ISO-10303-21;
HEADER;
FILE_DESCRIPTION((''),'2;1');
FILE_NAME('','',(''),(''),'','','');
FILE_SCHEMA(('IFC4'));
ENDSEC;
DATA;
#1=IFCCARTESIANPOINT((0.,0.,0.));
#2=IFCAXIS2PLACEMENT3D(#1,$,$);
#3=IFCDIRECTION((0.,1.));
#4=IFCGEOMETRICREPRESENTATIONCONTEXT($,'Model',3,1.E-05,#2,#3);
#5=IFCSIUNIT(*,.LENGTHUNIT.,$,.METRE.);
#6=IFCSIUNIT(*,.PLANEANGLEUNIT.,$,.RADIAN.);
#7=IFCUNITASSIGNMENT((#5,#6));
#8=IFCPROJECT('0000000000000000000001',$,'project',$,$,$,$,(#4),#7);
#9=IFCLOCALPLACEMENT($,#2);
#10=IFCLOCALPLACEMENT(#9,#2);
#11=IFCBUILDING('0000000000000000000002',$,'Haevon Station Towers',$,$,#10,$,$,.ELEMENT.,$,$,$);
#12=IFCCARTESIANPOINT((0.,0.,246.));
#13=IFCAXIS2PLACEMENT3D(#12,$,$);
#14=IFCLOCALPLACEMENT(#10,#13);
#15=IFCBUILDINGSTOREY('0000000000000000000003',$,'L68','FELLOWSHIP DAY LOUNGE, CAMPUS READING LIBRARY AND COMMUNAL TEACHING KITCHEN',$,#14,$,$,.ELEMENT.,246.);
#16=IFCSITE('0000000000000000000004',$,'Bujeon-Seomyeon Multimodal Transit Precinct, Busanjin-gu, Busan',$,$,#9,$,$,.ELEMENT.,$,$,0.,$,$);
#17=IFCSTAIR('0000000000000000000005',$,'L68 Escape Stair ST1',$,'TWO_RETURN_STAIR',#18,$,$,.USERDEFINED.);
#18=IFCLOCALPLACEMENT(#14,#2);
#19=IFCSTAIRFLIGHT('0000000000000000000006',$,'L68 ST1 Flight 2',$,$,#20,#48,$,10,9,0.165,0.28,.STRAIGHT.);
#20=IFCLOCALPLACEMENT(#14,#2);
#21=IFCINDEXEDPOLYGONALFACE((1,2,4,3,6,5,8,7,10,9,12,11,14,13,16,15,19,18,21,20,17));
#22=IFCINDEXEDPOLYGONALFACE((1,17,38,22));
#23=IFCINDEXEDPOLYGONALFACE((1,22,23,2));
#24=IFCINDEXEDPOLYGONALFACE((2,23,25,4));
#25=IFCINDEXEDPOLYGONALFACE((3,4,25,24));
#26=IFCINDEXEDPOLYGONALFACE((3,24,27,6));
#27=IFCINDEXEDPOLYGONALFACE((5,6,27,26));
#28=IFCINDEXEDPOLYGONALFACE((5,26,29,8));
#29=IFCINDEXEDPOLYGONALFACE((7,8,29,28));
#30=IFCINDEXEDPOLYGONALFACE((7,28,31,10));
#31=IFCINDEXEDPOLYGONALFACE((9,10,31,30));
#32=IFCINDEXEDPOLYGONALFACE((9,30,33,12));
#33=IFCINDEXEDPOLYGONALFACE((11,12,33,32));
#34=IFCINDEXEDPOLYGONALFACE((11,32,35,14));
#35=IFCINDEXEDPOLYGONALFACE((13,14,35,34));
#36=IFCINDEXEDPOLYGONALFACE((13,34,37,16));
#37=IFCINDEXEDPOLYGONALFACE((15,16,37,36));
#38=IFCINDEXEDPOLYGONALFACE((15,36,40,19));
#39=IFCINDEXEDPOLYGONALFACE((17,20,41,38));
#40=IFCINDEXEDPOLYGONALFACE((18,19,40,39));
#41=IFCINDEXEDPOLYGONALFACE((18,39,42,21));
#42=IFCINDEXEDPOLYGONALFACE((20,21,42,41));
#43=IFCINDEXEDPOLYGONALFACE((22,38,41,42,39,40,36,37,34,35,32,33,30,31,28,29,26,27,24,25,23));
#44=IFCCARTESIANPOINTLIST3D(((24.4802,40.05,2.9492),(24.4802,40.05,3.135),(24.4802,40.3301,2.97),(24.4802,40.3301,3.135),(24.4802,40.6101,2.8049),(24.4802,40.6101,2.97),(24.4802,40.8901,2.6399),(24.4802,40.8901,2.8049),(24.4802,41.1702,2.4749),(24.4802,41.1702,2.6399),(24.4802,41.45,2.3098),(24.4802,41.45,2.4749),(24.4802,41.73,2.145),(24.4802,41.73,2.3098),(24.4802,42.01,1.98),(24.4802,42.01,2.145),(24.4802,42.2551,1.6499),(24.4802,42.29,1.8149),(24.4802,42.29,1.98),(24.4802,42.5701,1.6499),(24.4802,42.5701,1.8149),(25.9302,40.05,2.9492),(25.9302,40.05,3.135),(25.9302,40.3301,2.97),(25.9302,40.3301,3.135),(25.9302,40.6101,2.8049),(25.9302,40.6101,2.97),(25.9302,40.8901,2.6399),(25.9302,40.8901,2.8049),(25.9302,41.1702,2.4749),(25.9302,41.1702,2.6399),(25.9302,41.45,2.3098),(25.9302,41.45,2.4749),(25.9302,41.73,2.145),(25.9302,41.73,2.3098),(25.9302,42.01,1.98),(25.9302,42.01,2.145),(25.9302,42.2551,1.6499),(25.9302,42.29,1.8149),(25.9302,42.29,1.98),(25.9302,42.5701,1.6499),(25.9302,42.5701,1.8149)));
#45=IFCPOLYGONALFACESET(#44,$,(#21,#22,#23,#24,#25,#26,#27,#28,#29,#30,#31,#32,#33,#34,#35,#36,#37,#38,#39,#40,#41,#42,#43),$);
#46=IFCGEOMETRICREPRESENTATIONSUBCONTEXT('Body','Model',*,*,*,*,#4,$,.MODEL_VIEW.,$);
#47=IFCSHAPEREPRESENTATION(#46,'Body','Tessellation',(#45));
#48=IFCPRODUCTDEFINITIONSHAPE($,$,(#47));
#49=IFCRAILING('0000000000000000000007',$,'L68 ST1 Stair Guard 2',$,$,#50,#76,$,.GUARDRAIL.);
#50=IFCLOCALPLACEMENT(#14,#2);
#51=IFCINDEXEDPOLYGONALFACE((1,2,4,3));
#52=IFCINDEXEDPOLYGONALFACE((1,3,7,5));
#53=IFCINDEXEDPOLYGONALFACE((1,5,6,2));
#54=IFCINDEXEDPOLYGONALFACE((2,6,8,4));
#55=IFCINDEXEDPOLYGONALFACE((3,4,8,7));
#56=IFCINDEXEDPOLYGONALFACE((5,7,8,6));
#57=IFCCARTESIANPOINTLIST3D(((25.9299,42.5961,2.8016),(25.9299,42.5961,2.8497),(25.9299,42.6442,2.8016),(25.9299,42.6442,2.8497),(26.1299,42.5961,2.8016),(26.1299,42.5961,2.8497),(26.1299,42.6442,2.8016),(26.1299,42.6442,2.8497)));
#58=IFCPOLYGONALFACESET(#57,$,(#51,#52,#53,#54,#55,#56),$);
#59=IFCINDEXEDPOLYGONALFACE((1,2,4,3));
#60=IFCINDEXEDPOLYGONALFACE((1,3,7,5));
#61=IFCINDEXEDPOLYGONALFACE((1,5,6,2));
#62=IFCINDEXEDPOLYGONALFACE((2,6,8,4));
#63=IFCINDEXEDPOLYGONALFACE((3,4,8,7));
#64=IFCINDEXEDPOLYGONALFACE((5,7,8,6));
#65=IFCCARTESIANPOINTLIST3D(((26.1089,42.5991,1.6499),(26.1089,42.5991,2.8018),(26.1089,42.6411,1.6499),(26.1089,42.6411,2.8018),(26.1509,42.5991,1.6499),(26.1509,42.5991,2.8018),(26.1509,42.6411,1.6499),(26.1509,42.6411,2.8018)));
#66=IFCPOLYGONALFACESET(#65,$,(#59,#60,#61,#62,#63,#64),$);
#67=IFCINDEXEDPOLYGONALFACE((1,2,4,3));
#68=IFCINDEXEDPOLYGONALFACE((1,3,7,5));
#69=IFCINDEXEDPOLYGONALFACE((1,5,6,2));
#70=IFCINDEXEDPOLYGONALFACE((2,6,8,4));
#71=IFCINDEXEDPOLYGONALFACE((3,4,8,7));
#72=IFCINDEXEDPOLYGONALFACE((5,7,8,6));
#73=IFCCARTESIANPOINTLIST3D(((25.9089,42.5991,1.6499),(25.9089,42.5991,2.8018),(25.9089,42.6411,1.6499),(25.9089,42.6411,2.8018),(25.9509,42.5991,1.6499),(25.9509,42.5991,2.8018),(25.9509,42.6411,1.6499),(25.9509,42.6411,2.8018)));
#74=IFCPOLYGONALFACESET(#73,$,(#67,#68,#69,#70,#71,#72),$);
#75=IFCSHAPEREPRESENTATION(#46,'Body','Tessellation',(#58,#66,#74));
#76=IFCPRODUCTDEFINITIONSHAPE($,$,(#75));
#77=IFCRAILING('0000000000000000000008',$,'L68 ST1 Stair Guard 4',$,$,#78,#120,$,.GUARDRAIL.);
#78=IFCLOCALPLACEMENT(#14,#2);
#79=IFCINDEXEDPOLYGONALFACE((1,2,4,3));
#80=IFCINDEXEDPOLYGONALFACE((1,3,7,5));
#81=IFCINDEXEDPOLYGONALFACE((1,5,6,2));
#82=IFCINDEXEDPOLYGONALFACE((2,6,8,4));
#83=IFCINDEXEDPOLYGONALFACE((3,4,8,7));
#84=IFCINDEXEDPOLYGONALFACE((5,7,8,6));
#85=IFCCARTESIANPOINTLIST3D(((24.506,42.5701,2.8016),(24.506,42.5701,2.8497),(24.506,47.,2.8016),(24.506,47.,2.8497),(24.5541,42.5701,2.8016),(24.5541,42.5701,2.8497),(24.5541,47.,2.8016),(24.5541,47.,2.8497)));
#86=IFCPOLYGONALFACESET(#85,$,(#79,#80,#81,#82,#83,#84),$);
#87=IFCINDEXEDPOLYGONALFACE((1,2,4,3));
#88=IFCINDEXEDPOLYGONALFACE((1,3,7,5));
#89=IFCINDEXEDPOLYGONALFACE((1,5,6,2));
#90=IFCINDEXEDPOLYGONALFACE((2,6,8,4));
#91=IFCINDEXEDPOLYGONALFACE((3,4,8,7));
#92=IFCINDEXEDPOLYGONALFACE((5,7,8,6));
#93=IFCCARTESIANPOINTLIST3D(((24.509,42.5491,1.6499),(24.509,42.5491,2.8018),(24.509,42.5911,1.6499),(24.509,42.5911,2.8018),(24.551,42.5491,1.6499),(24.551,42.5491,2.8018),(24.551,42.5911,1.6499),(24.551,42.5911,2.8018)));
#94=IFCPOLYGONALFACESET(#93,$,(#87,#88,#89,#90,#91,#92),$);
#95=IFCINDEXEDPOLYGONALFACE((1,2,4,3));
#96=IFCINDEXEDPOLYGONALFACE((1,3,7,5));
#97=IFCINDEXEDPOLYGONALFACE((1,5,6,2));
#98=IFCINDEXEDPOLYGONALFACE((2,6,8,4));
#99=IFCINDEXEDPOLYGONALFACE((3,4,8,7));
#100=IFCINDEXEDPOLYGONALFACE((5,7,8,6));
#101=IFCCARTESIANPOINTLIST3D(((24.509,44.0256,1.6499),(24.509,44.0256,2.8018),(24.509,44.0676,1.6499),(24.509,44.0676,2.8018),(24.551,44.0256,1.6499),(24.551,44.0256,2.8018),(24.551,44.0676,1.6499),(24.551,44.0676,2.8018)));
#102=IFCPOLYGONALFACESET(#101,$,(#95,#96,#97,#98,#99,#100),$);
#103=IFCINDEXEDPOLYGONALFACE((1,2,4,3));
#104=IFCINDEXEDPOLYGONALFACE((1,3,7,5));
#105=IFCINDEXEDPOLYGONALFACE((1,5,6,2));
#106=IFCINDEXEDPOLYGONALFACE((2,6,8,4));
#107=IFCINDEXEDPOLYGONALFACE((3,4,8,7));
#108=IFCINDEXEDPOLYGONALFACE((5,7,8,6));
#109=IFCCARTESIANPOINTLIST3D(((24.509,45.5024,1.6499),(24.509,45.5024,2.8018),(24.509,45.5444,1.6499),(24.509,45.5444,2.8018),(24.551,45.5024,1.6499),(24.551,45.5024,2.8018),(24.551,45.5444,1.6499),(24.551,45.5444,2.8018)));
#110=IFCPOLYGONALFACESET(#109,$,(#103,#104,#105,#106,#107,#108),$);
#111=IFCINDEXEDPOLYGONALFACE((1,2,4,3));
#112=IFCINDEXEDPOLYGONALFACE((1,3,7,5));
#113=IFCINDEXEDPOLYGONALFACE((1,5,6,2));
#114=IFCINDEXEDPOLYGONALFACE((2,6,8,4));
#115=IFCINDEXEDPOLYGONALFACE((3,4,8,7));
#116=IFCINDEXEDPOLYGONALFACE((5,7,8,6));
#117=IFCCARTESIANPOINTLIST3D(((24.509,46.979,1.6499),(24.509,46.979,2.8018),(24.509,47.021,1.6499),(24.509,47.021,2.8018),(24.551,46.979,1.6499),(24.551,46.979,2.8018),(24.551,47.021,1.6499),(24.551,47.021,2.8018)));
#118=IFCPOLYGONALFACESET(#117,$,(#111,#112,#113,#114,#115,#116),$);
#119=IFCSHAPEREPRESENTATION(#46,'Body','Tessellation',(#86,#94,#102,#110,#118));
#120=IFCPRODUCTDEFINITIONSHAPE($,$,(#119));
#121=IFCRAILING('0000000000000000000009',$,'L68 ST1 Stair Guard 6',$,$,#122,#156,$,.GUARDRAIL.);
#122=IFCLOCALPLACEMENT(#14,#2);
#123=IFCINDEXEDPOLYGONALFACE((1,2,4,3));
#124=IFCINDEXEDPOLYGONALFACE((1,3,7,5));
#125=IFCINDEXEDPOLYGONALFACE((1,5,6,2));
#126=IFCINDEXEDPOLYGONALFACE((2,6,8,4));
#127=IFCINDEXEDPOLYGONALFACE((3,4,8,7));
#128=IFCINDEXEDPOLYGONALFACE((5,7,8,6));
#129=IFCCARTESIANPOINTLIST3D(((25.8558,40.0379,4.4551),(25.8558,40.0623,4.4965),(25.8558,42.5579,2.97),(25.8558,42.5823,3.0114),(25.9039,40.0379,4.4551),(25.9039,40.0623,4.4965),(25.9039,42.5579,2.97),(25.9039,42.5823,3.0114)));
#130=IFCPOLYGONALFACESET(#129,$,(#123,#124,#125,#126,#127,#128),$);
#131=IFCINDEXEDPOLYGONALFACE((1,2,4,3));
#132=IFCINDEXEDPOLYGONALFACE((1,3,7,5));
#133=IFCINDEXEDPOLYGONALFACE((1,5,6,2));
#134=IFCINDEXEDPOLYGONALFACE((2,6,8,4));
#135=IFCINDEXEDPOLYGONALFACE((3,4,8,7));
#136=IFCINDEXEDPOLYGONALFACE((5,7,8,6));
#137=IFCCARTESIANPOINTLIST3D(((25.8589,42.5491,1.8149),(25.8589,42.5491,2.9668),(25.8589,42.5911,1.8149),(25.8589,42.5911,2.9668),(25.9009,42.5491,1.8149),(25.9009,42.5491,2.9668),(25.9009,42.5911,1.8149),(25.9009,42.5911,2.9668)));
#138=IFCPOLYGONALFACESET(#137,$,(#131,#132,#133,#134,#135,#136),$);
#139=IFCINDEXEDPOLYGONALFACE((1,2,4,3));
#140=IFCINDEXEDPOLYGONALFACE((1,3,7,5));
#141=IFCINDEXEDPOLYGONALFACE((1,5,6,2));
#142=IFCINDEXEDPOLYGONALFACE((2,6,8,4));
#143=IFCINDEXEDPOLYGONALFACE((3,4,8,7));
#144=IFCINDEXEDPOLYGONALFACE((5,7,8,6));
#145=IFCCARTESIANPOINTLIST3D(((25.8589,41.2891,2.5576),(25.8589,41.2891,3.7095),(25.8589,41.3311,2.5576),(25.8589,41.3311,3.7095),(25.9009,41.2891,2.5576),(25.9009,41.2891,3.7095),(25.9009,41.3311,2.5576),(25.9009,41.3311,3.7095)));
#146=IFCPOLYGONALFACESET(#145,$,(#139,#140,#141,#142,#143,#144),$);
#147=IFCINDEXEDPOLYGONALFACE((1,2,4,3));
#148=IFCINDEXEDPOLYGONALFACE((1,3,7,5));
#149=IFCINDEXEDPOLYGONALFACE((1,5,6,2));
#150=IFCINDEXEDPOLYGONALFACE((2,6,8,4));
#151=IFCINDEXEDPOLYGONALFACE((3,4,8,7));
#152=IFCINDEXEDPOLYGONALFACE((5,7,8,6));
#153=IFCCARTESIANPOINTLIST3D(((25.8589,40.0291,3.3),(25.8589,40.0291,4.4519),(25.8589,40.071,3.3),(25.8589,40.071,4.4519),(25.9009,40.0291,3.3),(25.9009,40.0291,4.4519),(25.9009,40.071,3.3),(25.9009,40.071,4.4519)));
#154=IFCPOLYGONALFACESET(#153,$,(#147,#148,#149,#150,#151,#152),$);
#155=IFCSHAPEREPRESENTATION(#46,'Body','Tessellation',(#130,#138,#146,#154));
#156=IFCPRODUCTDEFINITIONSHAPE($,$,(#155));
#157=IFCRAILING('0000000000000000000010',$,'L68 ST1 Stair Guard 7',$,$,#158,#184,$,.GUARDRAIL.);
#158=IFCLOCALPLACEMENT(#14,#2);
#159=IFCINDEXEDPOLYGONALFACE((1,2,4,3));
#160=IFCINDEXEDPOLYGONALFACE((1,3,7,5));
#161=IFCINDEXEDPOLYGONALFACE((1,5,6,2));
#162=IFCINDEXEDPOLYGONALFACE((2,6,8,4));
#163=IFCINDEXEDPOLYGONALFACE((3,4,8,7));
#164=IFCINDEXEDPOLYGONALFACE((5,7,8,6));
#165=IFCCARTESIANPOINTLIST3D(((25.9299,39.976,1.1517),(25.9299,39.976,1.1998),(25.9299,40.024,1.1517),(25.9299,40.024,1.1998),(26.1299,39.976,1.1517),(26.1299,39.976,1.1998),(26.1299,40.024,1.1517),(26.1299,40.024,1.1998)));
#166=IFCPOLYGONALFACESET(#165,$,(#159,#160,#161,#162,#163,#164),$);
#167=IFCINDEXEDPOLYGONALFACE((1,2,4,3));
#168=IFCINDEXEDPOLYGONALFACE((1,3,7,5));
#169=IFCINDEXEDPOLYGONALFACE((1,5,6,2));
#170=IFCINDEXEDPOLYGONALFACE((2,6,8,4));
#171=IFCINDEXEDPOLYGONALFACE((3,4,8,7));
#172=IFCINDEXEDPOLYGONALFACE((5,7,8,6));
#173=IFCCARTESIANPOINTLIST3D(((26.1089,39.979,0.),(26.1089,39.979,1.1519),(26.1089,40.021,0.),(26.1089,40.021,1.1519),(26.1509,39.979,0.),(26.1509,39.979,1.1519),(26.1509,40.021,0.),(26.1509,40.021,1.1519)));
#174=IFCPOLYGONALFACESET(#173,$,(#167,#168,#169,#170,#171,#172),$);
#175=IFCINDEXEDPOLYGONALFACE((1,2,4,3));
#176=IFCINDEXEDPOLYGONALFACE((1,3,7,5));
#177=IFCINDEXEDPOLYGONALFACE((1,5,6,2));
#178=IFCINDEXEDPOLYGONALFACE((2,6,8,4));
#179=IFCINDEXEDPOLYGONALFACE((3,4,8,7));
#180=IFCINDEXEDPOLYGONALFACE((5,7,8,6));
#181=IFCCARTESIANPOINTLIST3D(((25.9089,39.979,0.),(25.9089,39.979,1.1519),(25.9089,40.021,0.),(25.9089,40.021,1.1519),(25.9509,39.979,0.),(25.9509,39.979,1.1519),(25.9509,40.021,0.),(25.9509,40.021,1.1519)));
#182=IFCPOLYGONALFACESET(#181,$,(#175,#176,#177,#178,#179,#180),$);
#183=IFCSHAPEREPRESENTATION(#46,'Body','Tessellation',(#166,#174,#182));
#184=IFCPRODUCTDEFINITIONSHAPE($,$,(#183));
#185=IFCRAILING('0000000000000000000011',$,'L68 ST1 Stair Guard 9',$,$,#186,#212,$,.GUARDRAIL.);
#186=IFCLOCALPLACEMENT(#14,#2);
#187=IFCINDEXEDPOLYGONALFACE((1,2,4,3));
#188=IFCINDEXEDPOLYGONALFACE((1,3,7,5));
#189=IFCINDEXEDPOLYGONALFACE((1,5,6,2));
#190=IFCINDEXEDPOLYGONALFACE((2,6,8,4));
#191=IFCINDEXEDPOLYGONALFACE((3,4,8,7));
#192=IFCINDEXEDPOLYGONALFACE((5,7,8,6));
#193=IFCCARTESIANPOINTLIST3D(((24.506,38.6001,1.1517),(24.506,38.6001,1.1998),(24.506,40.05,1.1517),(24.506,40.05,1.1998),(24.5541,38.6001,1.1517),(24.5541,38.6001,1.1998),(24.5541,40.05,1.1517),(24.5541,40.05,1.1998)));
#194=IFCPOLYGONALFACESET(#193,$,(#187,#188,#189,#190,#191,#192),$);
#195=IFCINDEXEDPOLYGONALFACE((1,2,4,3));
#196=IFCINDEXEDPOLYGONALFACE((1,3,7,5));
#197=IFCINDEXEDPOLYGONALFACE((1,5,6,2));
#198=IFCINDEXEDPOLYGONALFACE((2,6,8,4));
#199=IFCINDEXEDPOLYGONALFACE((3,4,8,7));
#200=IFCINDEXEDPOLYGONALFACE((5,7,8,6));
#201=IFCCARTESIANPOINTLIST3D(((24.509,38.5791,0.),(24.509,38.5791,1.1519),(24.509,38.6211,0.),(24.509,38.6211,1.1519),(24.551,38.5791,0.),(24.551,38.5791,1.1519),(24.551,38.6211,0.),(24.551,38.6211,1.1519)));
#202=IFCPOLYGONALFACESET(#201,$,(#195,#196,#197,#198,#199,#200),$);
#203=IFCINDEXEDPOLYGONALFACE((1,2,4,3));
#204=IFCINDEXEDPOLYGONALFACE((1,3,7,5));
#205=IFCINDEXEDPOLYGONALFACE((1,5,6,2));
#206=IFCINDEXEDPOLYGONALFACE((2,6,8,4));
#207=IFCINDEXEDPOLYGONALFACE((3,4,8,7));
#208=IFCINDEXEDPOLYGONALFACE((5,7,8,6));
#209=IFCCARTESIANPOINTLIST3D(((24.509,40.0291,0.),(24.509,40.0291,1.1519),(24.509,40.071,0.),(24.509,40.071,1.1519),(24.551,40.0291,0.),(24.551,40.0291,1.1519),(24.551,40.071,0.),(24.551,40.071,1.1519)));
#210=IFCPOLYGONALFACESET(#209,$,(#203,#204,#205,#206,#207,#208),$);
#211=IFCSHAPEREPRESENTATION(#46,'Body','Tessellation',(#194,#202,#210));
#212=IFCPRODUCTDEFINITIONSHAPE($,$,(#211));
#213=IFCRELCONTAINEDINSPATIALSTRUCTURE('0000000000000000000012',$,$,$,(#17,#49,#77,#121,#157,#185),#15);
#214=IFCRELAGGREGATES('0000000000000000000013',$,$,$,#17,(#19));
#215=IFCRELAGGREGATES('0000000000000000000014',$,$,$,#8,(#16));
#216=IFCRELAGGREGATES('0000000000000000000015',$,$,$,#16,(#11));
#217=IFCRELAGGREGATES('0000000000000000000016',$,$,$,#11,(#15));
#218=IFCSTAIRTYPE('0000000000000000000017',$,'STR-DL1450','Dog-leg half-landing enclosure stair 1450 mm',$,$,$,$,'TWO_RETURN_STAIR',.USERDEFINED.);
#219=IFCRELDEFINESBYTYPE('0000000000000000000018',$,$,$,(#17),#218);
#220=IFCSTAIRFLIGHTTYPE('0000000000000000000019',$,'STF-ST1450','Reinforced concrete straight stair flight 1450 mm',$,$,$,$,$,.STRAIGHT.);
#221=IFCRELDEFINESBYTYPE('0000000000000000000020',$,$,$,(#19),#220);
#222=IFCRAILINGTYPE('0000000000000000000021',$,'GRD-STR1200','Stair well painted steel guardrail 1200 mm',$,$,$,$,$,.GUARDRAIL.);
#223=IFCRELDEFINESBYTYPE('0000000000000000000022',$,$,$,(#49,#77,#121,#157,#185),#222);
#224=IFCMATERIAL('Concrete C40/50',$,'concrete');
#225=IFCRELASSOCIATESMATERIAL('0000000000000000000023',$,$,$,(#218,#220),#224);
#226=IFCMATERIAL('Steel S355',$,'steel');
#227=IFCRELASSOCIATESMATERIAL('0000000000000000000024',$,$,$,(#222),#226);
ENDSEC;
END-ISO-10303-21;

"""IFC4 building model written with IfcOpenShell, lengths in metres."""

from ifc_helpers import new_model, si_unit, direction, frame, origin, origin_2d, place, context, subcontext, project, spatial, polyline, rectangle, outline, extrude, material, type_object, element, aggregate, save


model = new_model("IFC4")

# Units and contexts
model_context = context("Model", 3, precision=1e-05, world=origin(), true_north=direction((0.0, 1.0)))
body_context = subcontext(model_context, "Body", "Model", "MODEL_VIEW")
ifc_project = project(units=[si_unit("LENGTHUNIT", "METRE"), si_unit("PLANEANGLEUNIT", "RADIAN")], contexts=[model_context])

# Site, building, storey
site_placement = place(None, origin())
site = spatial("IfcSite", under=ifc_project, at=site_placement, Name="Bujeon-Seomyeon Multimodal Transit Precinct, Busanjin-gu, Busan", CompositionType="ELEMENT", RefElevation=0.0)
building_placement = place(site_placement, origin())
building = spatial("IfcBuilding", under=site, at=building_placement, Name="Haevon Station Towers", CompositionType="ELEMENT")
storey_placement = place(building_placement, frame((0.0, 0.0, 246.0)))
storey = spatial("IfcBuildingStorey", under=building, at=storey_placement, Name="L68", Description="FELLOWSHIP DAY LOUNGE, CAMPUS READING LIBRARY AND COMMUNAL TEACHING KITCHEN", CompositionType="ELEMENT", Elevation=246.0)

# Shared definitions
ifc_material_1 = material(Name="Steel S355", Category="steel")

# Stair, stair flight
ifc_material_2 = material(Name="Concrete C40/50", Category="concrete")
stair_type = type_object("IfcStairType", Name="STR-DL1450", Description="Dog-leg half-landing enclosure stair 1450 mm", ElementType="TWO_RETURN_STAIR", PredefinedType="USERDEFINED", material=ifc_material_2)
stair_placement = place(storey_placement, origin())
stair = element("IfcStair", 1, at=stair_placement, inside=storey, type_object=stair_type, Name="L68 Escape Stair ST1", ObjectType="TWO_RETURN_STAIR", PredefinedType="USERDEFINED")
stair_flight_type = type_object("IfcStairFlightType", Name="STF-ST1450", Description="Reinforced concrete straight stair flight 1450 mm", PredefinedType="STRAIGHT", material=ifc_material_2)
stair_flight_placement = place(storey_placement, frame((25.2051, 42.5701, 1.6499), z_axis=(0.0, 0.0, 1.0), x_axis=(0.0, -1.0, 0.0)))
stair_flight = element("IfcStairFlight", 2, at=stair_flight_placement, type_object=stair_flight_type, Name="L68 ST1 Flight 2", NumberOfRisers=10, NumberOfTreads=9, PredefinedType="STRAIGHT", RiserHeight=0.165, TreadLength=0.28, context=body_context, shape_type="SweptSolid", body=[
    extrude(outline(polyline([(0.0, 0.0), (0.0, 0.165), (0.28, 0.165), (0.28, 0.3301), (0.5601, 0.3301), (0.5601, 0.4951), (0.8401, 0.4951), (0.8401, 0.6599), (1.1201, 0.6599), (1.1201, 0.825), (1.3999, 0.825), (1.3999, 0.99), (1.6799, 0.99), (1.6799, 1.155), (1.96, 1.155), (1.96, 1.3201), (2.24, 1.3201), (2.24, 1.4851), (2.52, 1.4851), (2.52, 1.6499), (2.52, 1.2993), (0.3149, 0.0), (0.0, 0.0)])), frame((0.0, 0.7251, 0.0), z_axis=(0.0, -1.0, 0.0), x_axis=(1.0, 0.0, 0.0)), (0.0, 0.0, 1.0), 1.45),
])
aggregate(stair, [stair_flight])

# Railings
railing_type_1 = type_object("IfcRailingType", Name="GRD-STR1200", Description="Stair well painted steel guardrail 1200 mm", PredefinedType="GUARDRAIL", material=ifc_material_1)
railing_1_placement = place(storey_placement, frame((26.1299, 42.6201, 1.6499)))
element("IfcRailing", 3, at=railing_1_placement, inside=storey, type_object=railing_type_1, Name="L68 ST1 Stair Guard 2", PredefinedType="GUARDRAIL", context=body_context, shape_type="SweptSolid", body=[
    extrude(rectangle(XDim=0.0481, YDim=0.0481, at=origin_2d()), frame((0.0, 0.0, 1.1758), z_axis=(-1.0, 0.0, 0.0), x_axis=(0.0, -1.0, 0.0)), (0.0, 0.0, 1.0), 0.2),
    extrude(rectangle(XDim=0.042, YDim=0.042, at=origin_2d()), origin(), (0.0, 0.0, 1.0), 1.1519),
    extrude(rectangle(XDim=0.042, YDim=0.042, at=origin_2d()), frame((-0.2, 0.0, 0.0)), (0.0, 0.0, 1.0), 1.1519),
])
railing_2_placement = place(storey_placement, frame((24.53, 42.5701, 1.6499)))
element("IfcRailing", 4, at=railing_2_placement, inside=storey, type_object=railing_type_1, Name="L68 ST1 Stair Guard 4", PredefinedType="GUARDRAIL", context=body_context, shape_type="SweptSolid", body=[
    extrude(rectangle(XDim=0.0481, YDim=0.0481, at=origin_2d()), frame((0.0, 0.0, 1.1758), z_axis=(0.0, 1.0, 0.0), x_axis=(-1.0, 0.0, 0.0)), (0.0, 0.0, 1.0), 4.4299),
    extrude(rectangle(XDim=0.042, YDim=0.042, at=origin_2d()), origin(), (0.0, 0.0, 1.0), 1.1519),
    extrude(rectangle(XDim=0.042, YDim=0.042, at=origin_2d()), frame((0.0, 1.4766, 0.0)), (0.0, 0.0, 1.0), 1.1519),
    extrude(rectangle(XDim=0.042, YDim=0.042, at=origin_2d()), frame((0.0, 2.9534, 0.0)), (0.0, 0.0, 1.0), 1.1519),
    extrude(rectangle(XDim=0.042, YDim=0.042, at=origin_2d()), frame((0.0, 4.4299, 0.0)), (0.0, 0.0, 1.0), 1.1519),
])
railing_3_placement = place(storey_placement, frame((25.8799, 42.5701, 1.8149)))
element("IfcRailing", 5, at=railing_3_placement, inside=storey, type_object=railing_type_1, Name="L68 ST1 Stair Guard 6", PredefinedType="GUARDRAIL", context=body_context, shape_type="SweptSolid", body=[
    extrude(rectangle(XDim=0.0481, YDim=0.0481, at=origin_2d()), frame((0.0, 0.0, 1.1758), z_axis=(0.0, -0.861524, 0.507717), x_axis=(1.0, 0.0, 0.0)), (0.0, 0.0, 1.0), 2.925),
    extrude(rectangle(XDim=0.042, YDim=0.042, at=origin_2d()), origin(), (0.0, 0.0, 1.0), 1.1519),
    extrude(rectangle(XDim=0.042, YDim=0.042, at=origin_2d()), frame((0.0, -1.26, 0.7427)), (0.0, 0.0, 1.0), 1.1519),
    extrude(rectangle(XDim=0.042, YDim=0.042, at=origin_2d()), frame((0.0, -2.52, 1.4851)), (0.0, 0.0, 1.0), 1.1519),
])
railing_4_placement = place(storey_placement, frame((26.1299, 40.0, 0.0)))
element("IfcRailing", 6, at=railing_4_placement, inside=storey, type_object=railing_type_1, Name="L68 ST1 Stair Guard 7", PredefinedType="GUARDRAIL", context=body_context, shape_type="SweptSolid", body=[
    extrude(rectangle(XDim=0.0481, YDim=0.0481, at=origin_2d()), frame((0.0, 0.0, 1.1758), z_axis=(-1.0, 0.0, 0.0), x_axis=(0.0, -1.0, 0.0)), (0.0, 0.0, 1.0), 0.2),
    extrude(rectangle(XDim=0.042, YDim=0.042, at=origin_2d()), origin(), (0.0, 0.0, 1.0), 1.1519),
    extrude(rectangle(XDim=0.042, YDim=0.042, at=origin_2d()), frame((-0.2, 0.0, 0.0)), (0.0, 0.0, 1.0), 1.1519),
])
railing_5_placement = place(storey_placement, frame((24.53, 38.6001, 0.0)))
element("IfcRailing", 7, at=railing_5_placement, inside=storey, type_object=railing_type_1, Name="L68 ST1 Stair Guard 9", PredefinedType="GUARDRAIL", context=body_context, shape_type="SweptSolid", body=[
    extrude(rectangle(XDim=0.0481, YDim=0.0481, at=origin_2d()), frame((0.0, 0.0, 1.1758), z_axis=(0.0, 1.0, 0.0), x_axis=(-1.0, 0.0, 0.0)), (0.0, 0.0, 1.0), 1.45),
    extrude(rectangle(XDim=0.042, YDim=0.042, at=origin_2d()), origin(), (0.0, 0.0, 1.0), 1.1519),
    extrude(rectangle(XDim=0.042, YDim=0.042, at=origin_2d()), frame((0.0, 1.45, 0.0)), (0.0, 0.0, 1.0), 1.1519),
])

save(model, "model.ifc")
